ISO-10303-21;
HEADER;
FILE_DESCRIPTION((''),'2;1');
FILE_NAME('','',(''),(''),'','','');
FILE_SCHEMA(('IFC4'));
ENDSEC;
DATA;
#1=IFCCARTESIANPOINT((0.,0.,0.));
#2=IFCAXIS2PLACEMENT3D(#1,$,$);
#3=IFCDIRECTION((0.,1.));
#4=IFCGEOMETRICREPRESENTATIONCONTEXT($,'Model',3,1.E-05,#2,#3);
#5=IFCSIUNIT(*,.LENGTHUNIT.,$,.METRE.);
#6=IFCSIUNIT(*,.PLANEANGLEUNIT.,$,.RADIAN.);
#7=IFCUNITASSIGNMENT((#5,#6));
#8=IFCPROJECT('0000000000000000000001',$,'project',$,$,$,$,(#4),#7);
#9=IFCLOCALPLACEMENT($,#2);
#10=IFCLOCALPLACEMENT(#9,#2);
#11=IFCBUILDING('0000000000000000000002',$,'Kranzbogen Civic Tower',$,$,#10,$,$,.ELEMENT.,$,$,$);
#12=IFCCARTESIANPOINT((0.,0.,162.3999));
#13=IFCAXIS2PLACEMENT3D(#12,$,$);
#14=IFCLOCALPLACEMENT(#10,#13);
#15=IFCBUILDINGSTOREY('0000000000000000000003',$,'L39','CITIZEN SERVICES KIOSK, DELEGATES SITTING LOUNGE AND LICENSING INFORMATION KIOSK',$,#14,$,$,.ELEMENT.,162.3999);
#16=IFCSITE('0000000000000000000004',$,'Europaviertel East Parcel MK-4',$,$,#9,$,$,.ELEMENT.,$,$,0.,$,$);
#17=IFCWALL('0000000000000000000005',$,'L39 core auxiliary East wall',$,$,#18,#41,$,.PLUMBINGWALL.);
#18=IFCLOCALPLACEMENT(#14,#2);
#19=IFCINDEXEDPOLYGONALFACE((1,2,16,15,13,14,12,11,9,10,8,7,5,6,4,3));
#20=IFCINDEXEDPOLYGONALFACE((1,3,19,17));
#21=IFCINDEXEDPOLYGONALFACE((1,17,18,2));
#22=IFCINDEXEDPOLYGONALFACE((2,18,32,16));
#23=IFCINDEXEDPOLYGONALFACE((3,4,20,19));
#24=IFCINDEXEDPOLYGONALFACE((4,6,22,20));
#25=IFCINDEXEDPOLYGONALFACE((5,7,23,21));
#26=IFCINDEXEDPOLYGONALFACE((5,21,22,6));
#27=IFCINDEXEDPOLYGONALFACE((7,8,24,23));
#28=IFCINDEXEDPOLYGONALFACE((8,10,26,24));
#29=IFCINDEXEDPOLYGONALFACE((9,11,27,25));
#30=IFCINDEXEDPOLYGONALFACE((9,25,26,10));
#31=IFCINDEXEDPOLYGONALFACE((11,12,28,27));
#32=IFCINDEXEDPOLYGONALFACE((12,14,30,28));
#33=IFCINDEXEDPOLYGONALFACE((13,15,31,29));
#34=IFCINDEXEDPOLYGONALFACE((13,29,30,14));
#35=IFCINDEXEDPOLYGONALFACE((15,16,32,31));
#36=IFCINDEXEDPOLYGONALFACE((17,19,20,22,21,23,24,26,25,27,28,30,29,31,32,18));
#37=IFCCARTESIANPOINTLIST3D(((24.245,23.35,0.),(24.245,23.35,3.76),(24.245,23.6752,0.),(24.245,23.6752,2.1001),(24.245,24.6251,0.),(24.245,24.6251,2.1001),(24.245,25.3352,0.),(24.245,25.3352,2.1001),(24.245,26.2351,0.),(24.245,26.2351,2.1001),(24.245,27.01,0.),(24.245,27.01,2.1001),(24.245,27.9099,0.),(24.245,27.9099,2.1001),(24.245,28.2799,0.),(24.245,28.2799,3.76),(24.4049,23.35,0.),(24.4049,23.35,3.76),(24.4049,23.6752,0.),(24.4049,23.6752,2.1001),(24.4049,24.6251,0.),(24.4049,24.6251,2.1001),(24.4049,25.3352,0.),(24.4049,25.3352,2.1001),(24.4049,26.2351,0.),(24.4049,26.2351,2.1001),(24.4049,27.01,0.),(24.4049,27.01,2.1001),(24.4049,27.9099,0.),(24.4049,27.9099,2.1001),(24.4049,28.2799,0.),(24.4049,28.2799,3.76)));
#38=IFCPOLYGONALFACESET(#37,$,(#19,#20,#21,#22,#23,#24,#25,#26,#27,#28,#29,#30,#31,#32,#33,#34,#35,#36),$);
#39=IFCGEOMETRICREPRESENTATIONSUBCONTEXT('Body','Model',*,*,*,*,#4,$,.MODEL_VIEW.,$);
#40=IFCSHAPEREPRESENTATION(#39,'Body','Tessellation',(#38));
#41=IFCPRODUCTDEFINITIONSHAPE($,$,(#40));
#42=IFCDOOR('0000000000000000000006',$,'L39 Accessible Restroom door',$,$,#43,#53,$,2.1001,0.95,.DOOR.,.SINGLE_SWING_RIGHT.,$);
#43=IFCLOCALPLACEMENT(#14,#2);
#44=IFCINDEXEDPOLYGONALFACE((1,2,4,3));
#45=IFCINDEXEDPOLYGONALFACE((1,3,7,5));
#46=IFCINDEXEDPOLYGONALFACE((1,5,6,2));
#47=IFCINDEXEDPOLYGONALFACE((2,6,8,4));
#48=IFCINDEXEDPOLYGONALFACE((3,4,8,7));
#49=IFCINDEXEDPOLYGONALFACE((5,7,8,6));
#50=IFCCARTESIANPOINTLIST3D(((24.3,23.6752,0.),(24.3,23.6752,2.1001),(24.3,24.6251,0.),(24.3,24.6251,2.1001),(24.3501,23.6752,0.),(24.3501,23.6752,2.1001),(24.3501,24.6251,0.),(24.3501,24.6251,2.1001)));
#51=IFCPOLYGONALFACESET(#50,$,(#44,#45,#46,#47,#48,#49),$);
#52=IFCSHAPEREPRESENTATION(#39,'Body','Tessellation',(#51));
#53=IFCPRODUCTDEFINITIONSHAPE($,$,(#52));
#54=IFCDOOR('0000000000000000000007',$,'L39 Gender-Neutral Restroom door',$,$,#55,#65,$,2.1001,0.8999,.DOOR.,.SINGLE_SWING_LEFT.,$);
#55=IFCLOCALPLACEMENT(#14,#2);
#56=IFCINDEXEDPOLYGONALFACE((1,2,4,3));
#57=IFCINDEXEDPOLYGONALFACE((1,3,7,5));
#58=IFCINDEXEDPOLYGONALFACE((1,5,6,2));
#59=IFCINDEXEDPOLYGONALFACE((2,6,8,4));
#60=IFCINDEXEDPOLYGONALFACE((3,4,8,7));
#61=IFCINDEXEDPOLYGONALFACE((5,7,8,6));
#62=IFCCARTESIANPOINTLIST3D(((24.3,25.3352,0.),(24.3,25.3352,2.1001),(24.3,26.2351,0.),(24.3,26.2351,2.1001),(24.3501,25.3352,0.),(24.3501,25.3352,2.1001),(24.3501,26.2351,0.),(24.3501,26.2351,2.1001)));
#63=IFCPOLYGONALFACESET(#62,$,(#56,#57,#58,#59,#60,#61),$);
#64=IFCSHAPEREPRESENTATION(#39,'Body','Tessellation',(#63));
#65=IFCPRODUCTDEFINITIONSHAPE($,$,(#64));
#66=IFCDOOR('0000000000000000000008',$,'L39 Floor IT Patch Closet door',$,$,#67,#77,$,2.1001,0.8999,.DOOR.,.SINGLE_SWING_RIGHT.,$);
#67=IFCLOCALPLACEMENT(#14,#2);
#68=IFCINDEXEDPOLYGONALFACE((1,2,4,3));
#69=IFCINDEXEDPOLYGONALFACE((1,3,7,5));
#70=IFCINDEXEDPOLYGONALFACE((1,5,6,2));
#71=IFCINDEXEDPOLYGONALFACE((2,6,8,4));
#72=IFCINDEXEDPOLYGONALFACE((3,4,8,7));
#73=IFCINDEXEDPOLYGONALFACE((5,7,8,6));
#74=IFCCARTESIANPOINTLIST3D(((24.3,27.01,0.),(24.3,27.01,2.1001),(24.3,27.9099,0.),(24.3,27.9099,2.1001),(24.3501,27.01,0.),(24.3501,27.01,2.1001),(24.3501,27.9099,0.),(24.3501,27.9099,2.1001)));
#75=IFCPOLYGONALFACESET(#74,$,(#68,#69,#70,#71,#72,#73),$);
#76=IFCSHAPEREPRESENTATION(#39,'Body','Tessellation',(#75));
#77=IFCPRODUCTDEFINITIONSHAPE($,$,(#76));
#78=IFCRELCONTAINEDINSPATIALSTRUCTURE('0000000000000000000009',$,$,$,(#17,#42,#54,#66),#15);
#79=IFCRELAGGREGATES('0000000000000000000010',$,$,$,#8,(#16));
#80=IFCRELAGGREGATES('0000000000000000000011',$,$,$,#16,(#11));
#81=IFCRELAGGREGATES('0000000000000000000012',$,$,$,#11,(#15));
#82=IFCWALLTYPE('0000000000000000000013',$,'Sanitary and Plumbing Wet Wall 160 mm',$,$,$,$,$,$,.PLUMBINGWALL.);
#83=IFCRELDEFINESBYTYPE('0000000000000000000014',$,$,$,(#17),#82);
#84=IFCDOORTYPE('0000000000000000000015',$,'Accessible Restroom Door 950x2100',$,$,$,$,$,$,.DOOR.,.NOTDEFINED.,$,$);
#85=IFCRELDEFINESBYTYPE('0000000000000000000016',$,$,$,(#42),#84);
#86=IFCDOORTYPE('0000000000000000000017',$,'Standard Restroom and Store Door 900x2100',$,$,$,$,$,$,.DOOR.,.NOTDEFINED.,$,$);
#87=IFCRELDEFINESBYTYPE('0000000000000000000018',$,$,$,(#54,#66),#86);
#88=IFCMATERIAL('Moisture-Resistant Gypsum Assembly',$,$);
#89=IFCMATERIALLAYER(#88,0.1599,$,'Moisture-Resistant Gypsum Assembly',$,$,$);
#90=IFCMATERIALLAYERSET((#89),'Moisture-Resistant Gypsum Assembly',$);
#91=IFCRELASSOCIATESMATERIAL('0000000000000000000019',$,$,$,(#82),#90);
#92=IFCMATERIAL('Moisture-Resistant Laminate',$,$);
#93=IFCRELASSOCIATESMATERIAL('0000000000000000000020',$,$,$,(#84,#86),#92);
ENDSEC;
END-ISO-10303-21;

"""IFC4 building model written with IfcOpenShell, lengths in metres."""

from ifc_helpers import new_model, si_unit, direction, frame, frame_2d, origin, place, context, subcontext, project, spatial, rectangle, extrude, material, layer, layer_set, type_object, element, fill, save


model = new_model("IFC4")

# Units and contexts
model_context = context("Model", 3, precision=1e-05, world=origin(), true_north=direction((0.0, 1.0)))
body_context = subcontext(model_context, "Body", "Model", "MODEL_VIEW")
ifc_project = project(units=[si_unit("LENGTHUNIT", "METRE"), si_unit("PLANEANGLEUNIT", "RADIAN")], contexts=[model_context])

# Site, building, storey
site_placement = place(None, origin())
site = spatial("IfcSite", under=ifc_project, at=site_placement, Name="Europaviertel East Parcel MK-4", CompositionType="ELEMENT", RefElevation=0.0)
building_placement = place(site_placement, origin())
building = spatial("IfcBuilding", under=site, at=building_placement, Name="Kranzbogen Civic Tower", CompositionType="ELEMENT")
storey_placement = place(building_placement, frame((0.0, 0.0, 162.3999)))
storey = spatial("IfcBuildingStorey", under=building, at=storey_placement, Name="L39", Description="CITIZEN SERVICES KIOSK, DELEGATES SITTING LOUNGE AND LICENSING INFORMATION KIOSK", CompositionType="ELEMENT", Elevation=162.3999)

# Wall, openings, doors
ifc_material_1 = material(Name="Moisture-Resistant Gypsum Assembly")
ifc_layer_1 = layer(ifc_material_1, 0.1599, Name="Moisture-Resistant Gypsum Assembly")
ifc_layer_set_1 = layer_set([ifc_layer_1], Name="Moisture-Resistant Gypsum Assembly")
wall_type_1 = type_object("IfcWallType", Name="Sanitary and Plumbing Wet Wall 160 mm", PredefinedType="PLUMBINGWALL", material=ifc_layer_set_1)
wall_1_placement = place(storey_placement, frame((24.325, 23.3501, 0.0), z_axis=(0.0, 0.0, 1.0), x_axis=(0.0, 1.0, 0.0)))
wall_1 = element("IfcWall", 1, at=wall_1_placement, inside=storey, type_object=wall_type_1, Name="L39 core auxiliary East wall", PredefinedType="PLUMBINGWALL", context=body_context, shape_type="SweptSolid", body=[
    extrude(rectangle(XDim=4.9299, YDim=0.1599, at=frame_2d((2.4648, 0.0))), origin(), (0.0, 0.0, 1.0), 3.76),
])
opening_1_placement = place(wall_1_placement, frame((0.325, 0.0, 0.0)))
opening_1 = element("IfcOpeningElement", 2, at=opening_1_placement, cuts=wall_1, PredefinedType="OPENING", context=body_context, shape_type="SweptSolid", body=[
    extrude(rectangle(XDim=0.95, YDim=2.1001, at=frame_2d((0.4751, 1.05))), frame((0.0, 0.0898, 0.0), z_axis=(0.0, -1.0, 0.0), x_axis=(1.0, 0.0, 0.0)), (0.0, 0.0, 1.0), 0.1799),
])
opening_2_placement = place(wall_1_placement, frame((1.9851, 0.0, 0.0)))
opening_2 = element("IfcOpeningElement", 3, at=opening_2_placement, cuts=wall_1, PredefinedType="OPENING", context=body_context, shape_type="SweptSolid", body=[
    extrude(rectangle(XDim=0.8999, YDim=2.1001, at=frame_2d((0.45, 1.05))), frame((0.0, 0.0898, 0.0), z_axis=(0.0, -1.0, 0.0), x_axis=(1.0, 0.0, 0.0)), (0.0, 0.0, 1.0), 0.1799),
])
opening_3_placement = place(wall_1_placement, frame((3.6599, 0.0, 0.0)))
opening_3 = element("IfcOpeningElement", 4, at=opening_3_placement, cuts=wall_1, PredefinedType="OPENING", context=body_context, shape_type="SweptSolid", body=[
    extrude(rectangle(XDim=0.8999, YDim=2.1001, at=frame_2d((0.45, 1.05))), frame((0.0, 0.0898, 0.0), z_axis=(0.0, -1.0, 0.0), x_axis=(1.0, 0.0, 0.0)), (0.0, 0.0, 1.0), 0.1799),
])
ifc_material_2 = material(Name="Moisture-Resistant Laminate")
door_type_1 = type_object("IfcDoorType", Name="Accessible Restroom Door 950x2100", OperationType="NOTDEFINED", PredefinedType="DOOR", material=ifc_material_2)
door_1_placement = place(opening_1_placement, origin())
door_1 = element("IfcDoor", 5, at=door_1_placement, inside=storey, type_object=door_type_1, Name="L39 Accessible Restroom door", OperationType="SINGLE_SWING_RIGHT", OverallHeight=2.1001, OverallWidth=0.95, PredefinedType="DOOR", context=body_context, shape_type="SweptSolid", body=[
    extrude(rectangle(XDim=0.95, YDim=2.1001, at=frame_2d((0.4751, 1.05))), frame((0.0, 0.0249, 0.0), z_axis=(0.0, -1.0, 0.0), x_axis=(1.0, 0.0, 0.0)), (0.0, 0.0, 1.0), 0.05),
])
fill(opening_1, door_1)
door_type_2 = type_object("IfcDoorType", Name="Standard Restroom and Store Door 900x2100", OperationType="NOTDEFINED", PredefinedType="DOOR", material=ifc_material_2)
door_2_placement = place(opening_2_placement, origin())
door_2 = element("IfcDoor", 6, at=door_2_placement, inside=storey, type_object=door_type_2, Name="L39 Gender-Neutral Restroom door", OperationType="SINGLE_SWING_LEFT", OverallHeight=2.1001, OverallWidth=0.8999, PredefinedType="DOOR", context=body_context, shape_type="SweptSolid", body=[
    extrude(rectangle(XDim=0.8999, YDim=2.1001, at=frame_2d((0.45, 1.05))), frame((0.0, 0.0249, 0.0), z_axis=(0.0, -1.0, 0.0), x_axis=(1.0, 0.0, 0.0)), (0.0, 0.0, 1.0), 0.05),
])
fill(opening_2, door_2)
door_3_placement = place(opening_3_placement, origin())
door_3 = element("IfcDoor", 7, at=door_3_placement, inside=storey, type_object=door_type_2, Name="L39 Floor IT Patch Closet door", OperationType="SINGLE_SWING_RIGHT", OverallHeight=2.1001, OverallWidth=0.8999, PredefinedType="DOOR", context=body_context, shape_type="SweptSolid", body=[
    extrude(rectangle(XDim=0.8999, YDim=2.1001, at=frame_2d((0.45, 1.05))), frame((0.0, 0.0249, 0.0), z_axis=(0.0, -1.0, 0.0), x_axis=(1.0, 0.0, 0.0)), (0.0, 0.0, 1.0), 0.05),
])
fill(opening_3, door_3)

save(model, "model.ifc")
